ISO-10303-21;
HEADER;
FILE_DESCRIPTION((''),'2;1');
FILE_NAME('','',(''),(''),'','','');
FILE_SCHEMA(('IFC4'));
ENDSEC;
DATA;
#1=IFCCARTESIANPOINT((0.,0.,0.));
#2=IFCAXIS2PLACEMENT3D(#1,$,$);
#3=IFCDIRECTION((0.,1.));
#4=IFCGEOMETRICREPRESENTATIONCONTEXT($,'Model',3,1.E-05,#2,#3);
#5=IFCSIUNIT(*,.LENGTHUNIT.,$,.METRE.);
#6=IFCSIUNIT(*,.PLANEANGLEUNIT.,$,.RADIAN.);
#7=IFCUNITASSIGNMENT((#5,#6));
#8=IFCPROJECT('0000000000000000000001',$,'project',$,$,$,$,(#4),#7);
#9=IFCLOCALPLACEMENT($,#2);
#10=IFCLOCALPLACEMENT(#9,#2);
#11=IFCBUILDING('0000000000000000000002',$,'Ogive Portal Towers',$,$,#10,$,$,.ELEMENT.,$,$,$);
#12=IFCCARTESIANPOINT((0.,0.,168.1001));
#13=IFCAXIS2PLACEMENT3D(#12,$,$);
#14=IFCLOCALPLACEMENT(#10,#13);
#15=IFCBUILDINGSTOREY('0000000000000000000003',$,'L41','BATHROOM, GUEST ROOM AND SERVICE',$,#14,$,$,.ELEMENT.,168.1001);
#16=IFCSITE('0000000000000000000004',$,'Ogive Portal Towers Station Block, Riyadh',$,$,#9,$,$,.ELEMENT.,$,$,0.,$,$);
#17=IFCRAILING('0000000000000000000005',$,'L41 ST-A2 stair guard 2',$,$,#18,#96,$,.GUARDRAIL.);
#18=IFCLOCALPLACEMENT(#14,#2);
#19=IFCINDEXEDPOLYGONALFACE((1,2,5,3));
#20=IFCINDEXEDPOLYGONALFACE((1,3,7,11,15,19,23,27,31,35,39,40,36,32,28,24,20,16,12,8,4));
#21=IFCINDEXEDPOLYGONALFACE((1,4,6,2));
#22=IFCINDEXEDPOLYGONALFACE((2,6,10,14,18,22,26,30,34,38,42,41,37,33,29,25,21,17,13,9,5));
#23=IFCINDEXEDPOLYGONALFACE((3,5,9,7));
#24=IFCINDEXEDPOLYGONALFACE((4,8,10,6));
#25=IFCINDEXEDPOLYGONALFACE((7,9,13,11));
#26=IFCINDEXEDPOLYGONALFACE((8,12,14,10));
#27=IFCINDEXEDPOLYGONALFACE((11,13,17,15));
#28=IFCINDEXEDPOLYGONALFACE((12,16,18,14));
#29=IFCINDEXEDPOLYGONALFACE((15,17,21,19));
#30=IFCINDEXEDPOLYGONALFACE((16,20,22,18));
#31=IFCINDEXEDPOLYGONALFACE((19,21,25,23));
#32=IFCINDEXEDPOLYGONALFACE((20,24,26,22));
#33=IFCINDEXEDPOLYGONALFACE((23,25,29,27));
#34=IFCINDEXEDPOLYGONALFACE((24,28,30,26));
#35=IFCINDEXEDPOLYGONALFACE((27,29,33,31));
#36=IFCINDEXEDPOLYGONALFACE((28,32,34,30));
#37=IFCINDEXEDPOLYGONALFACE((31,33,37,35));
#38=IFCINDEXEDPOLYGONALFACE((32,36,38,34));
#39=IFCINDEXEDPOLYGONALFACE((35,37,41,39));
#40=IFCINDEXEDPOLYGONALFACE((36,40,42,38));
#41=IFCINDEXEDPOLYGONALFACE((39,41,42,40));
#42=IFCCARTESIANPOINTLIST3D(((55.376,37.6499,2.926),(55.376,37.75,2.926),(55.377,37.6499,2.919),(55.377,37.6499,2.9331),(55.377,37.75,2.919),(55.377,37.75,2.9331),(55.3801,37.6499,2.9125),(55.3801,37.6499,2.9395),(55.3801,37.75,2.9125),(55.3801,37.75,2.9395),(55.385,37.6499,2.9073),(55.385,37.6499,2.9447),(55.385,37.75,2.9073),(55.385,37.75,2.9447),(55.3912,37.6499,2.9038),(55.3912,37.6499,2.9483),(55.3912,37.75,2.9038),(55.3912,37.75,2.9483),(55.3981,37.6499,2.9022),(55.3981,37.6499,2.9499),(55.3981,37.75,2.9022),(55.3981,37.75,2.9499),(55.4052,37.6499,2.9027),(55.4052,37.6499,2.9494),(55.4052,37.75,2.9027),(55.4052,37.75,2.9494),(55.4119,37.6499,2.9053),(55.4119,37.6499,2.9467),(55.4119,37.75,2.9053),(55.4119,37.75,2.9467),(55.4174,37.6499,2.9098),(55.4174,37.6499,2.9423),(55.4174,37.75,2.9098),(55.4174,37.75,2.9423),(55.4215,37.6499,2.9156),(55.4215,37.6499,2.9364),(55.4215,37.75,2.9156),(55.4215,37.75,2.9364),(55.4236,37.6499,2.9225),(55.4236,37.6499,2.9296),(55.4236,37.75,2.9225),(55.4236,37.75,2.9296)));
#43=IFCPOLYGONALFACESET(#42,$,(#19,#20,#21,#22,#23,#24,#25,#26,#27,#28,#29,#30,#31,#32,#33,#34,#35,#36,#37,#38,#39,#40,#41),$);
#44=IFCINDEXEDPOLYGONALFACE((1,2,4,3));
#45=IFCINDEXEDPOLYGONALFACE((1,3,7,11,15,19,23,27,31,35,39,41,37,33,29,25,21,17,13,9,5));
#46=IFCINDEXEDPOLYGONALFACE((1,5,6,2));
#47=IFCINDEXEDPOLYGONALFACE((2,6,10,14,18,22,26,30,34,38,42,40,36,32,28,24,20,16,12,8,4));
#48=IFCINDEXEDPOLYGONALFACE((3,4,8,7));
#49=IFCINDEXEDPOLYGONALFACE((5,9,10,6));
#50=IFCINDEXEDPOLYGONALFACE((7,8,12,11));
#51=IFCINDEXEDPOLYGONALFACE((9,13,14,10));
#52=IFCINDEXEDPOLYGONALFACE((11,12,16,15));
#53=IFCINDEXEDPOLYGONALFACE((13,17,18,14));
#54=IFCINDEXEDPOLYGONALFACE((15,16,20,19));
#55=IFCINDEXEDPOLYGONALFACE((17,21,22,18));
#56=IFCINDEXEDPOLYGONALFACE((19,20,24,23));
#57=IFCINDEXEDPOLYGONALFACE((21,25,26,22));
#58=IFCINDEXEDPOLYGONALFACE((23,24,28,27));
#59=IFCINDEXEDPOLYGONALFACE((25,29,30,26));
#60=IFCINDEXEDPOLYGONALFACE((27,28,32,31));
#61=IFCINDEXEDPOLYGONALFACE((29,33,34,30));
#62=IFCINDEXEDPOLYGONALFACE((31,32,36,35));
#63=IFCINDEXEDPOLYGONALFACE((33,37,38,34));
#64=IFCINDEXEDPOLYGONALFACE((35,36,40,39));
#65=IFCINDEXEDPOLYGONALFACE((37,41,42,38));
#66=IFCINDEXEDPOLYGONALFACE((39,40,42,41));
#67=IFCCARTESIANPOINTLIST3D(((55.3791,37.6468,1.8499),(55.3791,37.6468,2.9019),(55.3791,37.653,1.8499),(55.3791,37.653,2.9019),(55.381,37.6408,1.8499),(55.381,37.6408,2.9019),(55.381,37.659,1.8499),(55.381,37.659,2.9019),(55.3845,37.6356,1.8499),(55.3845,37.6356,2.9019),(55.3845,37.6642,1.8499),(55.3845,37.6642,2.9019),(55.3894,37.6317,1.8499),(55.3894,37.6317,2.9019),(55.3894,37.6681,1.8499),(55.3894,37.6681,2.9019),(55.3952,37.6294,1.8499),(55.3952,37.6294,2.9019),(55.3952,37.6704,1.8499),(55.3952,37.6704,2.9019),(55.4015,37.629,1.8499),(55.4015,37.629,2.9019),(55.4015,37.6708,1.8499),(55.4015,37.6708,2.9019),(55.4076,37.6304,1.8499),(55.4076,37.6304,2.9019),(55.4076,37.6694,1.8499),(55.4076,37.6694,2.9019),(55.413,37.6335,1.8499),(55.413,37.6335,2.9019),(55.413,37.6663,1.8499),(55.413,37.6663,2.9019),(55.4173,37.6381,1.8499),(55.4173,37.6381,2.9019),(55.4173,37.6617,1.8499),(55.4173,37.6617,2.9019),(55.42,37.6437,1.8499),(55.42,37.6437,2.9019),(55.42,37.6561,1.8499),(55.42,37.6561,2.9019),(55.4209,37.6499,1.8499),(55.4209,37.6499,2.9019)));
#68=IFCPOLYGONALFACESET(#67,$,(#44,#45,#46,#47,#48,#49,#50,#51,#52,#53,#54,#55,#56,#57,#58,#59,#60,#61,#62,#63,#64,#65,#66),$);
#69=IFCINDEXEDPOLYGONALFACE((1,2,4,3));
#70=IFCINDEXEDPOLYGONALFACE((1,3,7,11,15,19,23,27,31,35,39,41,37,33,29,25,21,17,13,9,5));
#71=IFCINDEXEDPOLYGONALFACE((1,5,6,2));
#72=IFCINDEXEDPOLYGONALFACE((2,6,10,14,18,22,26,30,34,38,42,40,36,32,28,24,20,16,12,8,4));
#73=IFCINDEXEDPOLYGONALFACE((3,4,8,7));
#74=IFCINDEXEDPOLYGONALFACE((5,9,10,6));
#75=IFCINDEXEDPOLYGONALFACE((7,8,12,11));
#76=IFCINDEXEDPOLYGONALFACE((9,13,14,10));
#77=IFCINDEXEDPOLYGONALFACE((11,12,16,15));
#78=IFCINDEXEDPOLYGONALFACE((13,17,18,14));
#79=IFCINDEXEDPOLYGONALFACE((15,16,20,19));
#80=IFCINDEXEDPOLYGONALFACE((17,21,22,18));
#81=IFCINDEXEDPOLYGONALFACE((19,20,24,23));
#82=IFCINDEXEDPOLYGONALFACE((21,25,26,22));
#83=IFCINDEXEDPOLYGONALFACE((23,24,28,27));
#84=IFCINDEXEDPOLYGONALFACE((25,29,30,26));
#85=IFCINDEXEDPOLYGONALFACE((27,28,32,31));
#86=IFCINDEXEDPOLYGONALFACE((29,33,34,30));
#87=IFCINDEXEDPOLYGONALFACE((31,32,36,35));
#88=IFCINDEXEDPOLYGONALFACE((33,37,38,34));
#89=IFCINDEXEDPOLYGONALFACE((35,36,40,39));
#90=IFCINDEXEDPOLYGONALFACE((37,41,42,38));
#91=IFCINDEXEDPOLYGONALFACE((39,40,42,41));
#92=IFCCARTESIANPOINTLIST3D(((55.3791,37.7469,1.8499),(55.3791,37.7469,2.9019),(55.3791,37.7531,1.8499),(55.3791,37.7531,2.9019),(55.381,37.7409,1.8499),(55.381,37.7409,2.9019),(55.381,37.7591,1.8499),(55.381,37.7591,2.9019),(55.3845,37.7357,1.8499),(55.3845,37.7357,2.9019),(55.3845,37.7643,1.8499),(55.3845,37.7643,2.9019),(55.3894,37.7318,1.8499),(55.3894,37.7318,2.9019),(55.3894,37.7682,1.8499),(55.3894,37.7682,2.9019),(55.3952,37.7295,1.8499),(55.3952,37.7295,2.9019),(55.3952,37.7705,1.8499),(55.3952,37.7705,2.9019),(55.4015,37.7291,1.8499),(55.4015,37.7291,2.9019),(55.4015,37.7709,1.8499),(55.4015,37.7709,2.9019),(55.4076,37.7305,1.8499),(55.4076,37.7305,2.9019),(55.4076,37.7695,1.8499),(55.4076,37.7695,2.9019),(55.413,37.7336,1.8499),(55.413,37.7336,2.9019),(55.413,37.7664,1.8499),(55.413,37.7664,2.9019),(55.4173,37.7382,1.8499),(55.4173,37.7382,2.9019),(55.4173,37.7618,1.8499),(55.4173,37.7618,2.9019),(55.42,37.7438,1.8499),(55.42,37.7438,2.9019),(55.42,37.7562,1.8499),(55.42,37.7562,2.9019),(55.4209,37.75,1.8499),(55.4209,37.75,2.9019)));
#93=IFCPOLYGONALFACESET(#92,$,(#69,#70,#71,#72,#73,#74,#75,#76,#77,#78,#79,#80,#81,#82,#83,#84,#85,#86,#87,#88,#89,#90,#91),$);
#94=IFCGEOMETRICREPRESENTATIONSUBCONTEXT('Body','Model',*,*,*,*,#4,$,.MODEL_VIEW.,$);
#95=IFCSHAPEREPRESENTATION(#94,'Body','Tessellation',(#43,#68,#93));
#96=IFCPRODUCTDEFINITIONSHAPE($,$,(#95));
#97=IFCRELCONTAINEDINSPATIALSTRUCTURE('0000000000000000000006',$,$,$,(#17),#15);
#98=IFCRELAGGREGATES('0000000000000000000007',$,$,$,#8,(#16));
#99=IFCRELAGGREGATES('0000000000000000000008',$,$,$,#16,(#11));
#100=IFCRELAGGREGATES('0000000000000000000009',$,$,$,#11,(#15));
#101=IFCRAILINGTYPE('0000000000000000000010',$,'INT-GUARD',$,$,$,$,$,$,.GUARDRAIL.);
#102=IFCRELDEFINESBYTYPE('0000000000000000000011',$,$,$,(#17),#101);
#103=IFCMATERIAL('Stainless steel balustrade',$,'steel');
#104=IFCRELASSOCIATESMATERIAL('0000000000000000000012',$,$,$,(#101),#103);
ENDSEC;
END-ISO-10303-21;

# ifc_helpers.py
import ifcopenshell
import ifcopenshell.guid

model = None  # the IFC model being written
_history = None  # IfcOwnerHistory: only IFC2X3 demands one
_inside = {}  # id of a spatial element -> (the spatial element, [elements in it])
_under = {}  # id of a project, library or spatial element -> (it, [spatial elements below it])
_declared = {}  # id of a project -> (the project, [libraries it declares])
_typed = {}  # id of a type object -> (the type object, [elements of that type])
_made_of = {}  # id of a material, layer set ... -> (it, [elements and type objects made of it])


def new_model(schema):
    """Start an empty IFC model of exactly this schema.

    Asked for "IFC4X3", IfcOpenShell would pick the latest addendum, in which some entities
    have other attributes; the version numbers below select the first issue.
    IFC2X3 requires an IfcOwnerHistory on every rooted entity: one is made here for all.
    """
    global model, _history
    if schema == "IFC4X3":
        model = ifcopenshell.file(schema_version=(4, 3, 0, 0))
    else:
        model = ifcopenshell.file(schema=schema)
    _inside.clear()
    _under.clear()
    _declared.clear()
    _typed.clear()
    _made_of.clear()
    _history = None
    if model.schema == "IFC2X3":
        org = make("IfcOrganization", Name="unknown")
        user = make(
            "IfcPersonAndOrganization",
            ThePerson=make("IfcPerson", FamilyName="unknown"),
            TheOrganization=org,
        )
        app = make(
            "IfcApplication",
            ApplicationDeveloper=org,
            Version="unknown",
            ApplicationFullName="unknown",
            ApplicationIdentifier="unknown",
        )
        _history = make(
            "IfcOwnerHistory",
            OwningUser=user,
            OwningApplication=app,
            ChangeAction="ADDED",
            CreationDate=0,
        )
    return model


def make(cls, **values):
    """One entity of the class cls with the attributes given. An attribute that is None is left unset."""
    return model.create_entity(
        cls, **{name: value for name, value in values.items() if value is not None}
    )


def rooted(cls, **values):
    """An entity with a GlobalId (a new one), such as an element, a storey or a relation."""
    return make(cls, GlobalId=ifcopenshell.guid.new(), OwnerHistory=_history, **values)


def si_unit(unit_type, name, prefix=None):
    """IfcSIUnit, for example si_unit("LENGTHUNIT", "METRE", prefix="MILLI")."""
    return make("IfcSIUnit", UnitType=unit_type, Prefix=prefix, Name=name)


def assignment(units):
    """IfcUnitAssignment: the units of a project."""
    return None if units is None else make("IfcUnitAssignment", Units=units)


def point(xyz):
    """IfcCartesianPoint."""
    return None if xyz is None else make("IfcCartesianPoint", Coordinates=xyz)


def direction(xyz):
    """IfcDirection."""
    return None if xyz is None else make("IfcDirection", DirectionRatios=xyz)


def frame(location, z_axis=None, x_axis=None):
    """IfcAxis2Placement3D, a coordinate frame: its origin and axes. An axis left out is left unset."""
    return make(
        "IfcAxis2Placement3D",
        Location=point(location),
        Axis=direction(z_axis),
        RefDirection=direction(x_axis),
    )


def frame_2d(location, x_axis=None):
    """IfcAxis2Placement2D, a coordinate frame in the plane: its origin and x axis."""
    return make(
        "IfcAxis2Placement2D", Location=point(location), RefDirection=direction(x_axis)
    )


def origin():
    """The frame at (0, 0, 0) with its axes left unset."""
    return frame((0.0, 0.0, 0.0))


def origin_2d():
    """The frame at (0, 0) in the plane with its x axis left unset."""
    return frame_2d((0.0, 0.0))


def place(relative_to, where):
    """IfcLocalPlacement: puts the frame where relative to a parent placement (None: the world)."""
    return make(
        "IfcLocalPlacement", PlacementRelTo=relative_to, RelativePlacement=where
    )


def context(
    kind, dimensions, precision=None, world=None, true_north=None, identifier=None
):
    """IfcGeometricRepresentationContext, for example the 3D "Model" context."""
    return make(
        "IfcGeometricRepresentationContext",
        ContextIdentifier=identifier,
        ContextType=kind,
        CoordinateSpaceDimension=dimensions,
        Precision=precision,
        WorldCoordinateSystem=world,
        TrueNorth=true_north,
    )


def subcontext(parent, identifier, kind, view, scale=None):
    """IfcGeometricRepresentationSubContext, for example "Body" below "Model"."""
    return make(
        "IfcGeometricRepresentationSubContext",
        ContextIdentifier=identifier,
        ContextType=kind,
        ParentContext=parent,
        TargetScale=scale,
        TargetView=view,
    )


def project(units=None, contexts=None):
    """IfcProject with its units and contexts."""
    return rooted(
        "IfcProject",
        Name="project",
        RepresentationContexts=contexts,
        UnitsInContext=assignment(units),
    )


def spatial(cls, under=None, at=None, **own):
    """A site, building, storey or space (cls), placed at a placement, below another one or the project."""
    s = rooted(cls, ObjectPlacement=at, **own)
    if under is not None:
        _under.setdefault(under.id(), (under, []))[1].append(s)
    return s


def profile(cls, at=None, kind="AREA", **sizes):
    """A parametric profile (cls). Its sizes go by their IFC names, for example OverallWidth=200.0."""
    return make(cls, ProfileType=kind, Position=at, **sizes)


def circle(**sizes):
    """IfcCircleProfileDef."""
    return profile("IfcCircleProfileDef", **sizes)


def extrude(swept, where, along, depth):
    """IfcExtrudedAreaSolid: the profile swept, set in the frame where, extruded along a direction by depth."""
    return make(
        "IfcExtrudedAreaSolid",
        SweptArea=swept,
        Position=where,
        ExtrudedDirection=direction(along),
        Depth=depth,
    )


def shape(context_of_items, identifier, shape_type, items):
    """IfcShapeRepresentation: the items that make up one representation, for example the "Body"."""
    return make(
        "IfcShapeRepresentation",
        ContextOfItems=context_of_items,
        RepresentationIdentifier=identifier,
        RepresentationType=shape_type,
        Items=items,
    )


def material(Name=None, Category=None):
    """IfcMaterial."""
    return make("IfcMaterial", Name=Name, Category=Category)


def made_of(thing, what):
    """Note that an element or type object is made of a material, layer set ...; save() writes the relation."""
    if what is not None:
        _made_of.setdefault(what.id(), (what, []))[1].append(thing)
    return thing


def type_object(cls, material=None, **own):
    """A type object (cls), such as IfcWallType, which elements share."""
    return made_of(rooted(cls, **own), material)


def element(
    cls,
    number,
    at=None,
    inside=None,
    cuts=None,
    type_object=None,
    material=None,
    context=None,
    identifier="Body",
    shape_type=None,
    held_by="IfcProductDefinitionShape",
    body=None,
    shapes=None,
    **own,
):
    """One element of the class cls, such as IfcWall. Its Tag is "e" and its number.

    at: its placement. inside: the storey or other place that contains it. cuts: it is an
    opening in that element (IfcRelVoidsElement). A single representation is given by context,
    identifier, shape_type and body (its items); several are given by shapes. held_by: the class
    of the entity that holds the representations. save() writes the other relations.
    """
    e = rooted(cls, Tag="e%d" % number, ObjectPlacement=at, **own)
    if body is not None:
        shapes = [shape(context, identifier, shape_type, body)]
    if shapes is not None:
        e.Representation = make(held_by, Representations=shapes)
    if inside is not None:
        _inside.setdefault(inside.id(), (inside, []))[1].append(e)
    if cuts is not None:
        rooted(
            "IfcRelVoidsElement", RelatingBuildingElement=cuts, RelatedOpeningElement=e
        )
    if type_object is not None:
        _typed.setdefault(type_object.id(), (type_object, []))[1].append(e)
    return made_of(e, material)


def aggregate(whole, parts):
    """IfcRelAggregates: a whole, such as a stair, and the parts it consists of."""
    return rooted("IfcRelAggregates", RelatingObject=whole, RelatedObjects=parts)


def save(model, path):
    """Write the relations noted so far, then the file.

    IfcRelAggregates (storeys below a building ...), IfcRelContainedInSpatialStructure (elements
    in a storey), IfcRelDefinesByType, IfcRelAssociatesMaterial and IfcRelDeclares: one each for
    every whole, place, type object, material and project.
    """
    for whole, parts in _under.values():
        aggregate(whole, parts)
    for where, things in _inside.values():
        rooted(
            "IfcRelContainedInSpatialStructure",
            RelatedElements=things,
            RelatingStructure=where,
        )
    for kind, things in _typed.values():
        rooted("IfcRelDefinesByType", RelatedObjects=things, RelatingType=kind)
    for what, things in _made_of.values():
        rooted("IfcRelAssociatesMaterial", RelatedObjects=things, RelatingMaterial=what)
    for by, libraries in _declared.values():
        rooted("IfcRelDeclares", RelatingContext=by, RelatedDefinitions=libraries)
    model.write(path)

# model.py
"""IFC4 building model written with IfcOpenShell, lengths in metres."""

from ifc_helpers import new_model, si_unit, direction, frame, origin, origin_2d, place, context, subcontext, project, spatial, circle, extrude, material, type_object, element, save


model = new_model("IFC4")

# Units and contexts
model_context = context("Model", 3, precision=1e-05, world=origin(), true_north=direction((0.0, 1.0)))
body_context = subcontext(model_context, "Body", "Model", "MODEL_VIEW")
ifc_project = project(units=[si_unit("LENGTHUNIT", "METRE"), si_unit("PLANEANGLEUNIT", "RADIAN")], contexts=[model_context])

# Site, building, storey
site_placement = place(None, origin())
site = spatial("IfcSite", under=ifc_project, at=site_placement, Name="Ogive Portal Towers Station Block, Riyadh", CompositionType="ELEMENT", RefElevation=0.0)
building_placement = place(site_placement, origin())
building = spatial("IfcBuilding", under=site, at=building_placement, Name="Ogive Portal Towers", CompositionType="ELEMENT")
storey_placement = place(building_placement, frame((0.0, 0.0, 168.1001)))
storey = spatial("IfcBuildingStorey", under=building, at=storey_placement, Name="L41", Description="BATHROOM, GUEST ROOM AND SERVICE", CompositionType="ELEMENT", Elevation=168.1001)

# Railing
ifc_material_1 = material(Name="Stainless steel balustrade", Category="steel")
railing_type_1 = type_object("IfcRailingType", Name="INT-GUARD", PredefinedType="GUARDRAIL", material=ifc_material_1)
railing_1_placement = place(storey_placement, frame((55.3999, 37.6499, 1.8499)))
element("IfcRailing", 1, at=railing_1_placement, inside=storey, type_object=railing_type_1, Name="L41 ST-A2 stair guard 2", PredefinedType="GUARDRAIL", context=body_context, shape_type="SweptSolid", body=[
    extrude(circle(Radius=0.0239, at=origin_2d()), frame((0.0, 0.0, 1.0762), z_axis=(0.0, 1.0, 0.0), x_axis=(-1.0, 0.0, 0.0)), (0.0, 0.0, 1.0), 0.1001),
    extrude(circle(Radius=0.021, at=origin_2d()), origin(), (0.0, 0.0, 1.0), 1.052),
    extrude(circle(Radius=0.021, at=origin_2d()), frame((0.0, 0.1001, 0.0)), (0.0, 0.0, 1.0), 1.052),
])

save(model, "model.ifc")
